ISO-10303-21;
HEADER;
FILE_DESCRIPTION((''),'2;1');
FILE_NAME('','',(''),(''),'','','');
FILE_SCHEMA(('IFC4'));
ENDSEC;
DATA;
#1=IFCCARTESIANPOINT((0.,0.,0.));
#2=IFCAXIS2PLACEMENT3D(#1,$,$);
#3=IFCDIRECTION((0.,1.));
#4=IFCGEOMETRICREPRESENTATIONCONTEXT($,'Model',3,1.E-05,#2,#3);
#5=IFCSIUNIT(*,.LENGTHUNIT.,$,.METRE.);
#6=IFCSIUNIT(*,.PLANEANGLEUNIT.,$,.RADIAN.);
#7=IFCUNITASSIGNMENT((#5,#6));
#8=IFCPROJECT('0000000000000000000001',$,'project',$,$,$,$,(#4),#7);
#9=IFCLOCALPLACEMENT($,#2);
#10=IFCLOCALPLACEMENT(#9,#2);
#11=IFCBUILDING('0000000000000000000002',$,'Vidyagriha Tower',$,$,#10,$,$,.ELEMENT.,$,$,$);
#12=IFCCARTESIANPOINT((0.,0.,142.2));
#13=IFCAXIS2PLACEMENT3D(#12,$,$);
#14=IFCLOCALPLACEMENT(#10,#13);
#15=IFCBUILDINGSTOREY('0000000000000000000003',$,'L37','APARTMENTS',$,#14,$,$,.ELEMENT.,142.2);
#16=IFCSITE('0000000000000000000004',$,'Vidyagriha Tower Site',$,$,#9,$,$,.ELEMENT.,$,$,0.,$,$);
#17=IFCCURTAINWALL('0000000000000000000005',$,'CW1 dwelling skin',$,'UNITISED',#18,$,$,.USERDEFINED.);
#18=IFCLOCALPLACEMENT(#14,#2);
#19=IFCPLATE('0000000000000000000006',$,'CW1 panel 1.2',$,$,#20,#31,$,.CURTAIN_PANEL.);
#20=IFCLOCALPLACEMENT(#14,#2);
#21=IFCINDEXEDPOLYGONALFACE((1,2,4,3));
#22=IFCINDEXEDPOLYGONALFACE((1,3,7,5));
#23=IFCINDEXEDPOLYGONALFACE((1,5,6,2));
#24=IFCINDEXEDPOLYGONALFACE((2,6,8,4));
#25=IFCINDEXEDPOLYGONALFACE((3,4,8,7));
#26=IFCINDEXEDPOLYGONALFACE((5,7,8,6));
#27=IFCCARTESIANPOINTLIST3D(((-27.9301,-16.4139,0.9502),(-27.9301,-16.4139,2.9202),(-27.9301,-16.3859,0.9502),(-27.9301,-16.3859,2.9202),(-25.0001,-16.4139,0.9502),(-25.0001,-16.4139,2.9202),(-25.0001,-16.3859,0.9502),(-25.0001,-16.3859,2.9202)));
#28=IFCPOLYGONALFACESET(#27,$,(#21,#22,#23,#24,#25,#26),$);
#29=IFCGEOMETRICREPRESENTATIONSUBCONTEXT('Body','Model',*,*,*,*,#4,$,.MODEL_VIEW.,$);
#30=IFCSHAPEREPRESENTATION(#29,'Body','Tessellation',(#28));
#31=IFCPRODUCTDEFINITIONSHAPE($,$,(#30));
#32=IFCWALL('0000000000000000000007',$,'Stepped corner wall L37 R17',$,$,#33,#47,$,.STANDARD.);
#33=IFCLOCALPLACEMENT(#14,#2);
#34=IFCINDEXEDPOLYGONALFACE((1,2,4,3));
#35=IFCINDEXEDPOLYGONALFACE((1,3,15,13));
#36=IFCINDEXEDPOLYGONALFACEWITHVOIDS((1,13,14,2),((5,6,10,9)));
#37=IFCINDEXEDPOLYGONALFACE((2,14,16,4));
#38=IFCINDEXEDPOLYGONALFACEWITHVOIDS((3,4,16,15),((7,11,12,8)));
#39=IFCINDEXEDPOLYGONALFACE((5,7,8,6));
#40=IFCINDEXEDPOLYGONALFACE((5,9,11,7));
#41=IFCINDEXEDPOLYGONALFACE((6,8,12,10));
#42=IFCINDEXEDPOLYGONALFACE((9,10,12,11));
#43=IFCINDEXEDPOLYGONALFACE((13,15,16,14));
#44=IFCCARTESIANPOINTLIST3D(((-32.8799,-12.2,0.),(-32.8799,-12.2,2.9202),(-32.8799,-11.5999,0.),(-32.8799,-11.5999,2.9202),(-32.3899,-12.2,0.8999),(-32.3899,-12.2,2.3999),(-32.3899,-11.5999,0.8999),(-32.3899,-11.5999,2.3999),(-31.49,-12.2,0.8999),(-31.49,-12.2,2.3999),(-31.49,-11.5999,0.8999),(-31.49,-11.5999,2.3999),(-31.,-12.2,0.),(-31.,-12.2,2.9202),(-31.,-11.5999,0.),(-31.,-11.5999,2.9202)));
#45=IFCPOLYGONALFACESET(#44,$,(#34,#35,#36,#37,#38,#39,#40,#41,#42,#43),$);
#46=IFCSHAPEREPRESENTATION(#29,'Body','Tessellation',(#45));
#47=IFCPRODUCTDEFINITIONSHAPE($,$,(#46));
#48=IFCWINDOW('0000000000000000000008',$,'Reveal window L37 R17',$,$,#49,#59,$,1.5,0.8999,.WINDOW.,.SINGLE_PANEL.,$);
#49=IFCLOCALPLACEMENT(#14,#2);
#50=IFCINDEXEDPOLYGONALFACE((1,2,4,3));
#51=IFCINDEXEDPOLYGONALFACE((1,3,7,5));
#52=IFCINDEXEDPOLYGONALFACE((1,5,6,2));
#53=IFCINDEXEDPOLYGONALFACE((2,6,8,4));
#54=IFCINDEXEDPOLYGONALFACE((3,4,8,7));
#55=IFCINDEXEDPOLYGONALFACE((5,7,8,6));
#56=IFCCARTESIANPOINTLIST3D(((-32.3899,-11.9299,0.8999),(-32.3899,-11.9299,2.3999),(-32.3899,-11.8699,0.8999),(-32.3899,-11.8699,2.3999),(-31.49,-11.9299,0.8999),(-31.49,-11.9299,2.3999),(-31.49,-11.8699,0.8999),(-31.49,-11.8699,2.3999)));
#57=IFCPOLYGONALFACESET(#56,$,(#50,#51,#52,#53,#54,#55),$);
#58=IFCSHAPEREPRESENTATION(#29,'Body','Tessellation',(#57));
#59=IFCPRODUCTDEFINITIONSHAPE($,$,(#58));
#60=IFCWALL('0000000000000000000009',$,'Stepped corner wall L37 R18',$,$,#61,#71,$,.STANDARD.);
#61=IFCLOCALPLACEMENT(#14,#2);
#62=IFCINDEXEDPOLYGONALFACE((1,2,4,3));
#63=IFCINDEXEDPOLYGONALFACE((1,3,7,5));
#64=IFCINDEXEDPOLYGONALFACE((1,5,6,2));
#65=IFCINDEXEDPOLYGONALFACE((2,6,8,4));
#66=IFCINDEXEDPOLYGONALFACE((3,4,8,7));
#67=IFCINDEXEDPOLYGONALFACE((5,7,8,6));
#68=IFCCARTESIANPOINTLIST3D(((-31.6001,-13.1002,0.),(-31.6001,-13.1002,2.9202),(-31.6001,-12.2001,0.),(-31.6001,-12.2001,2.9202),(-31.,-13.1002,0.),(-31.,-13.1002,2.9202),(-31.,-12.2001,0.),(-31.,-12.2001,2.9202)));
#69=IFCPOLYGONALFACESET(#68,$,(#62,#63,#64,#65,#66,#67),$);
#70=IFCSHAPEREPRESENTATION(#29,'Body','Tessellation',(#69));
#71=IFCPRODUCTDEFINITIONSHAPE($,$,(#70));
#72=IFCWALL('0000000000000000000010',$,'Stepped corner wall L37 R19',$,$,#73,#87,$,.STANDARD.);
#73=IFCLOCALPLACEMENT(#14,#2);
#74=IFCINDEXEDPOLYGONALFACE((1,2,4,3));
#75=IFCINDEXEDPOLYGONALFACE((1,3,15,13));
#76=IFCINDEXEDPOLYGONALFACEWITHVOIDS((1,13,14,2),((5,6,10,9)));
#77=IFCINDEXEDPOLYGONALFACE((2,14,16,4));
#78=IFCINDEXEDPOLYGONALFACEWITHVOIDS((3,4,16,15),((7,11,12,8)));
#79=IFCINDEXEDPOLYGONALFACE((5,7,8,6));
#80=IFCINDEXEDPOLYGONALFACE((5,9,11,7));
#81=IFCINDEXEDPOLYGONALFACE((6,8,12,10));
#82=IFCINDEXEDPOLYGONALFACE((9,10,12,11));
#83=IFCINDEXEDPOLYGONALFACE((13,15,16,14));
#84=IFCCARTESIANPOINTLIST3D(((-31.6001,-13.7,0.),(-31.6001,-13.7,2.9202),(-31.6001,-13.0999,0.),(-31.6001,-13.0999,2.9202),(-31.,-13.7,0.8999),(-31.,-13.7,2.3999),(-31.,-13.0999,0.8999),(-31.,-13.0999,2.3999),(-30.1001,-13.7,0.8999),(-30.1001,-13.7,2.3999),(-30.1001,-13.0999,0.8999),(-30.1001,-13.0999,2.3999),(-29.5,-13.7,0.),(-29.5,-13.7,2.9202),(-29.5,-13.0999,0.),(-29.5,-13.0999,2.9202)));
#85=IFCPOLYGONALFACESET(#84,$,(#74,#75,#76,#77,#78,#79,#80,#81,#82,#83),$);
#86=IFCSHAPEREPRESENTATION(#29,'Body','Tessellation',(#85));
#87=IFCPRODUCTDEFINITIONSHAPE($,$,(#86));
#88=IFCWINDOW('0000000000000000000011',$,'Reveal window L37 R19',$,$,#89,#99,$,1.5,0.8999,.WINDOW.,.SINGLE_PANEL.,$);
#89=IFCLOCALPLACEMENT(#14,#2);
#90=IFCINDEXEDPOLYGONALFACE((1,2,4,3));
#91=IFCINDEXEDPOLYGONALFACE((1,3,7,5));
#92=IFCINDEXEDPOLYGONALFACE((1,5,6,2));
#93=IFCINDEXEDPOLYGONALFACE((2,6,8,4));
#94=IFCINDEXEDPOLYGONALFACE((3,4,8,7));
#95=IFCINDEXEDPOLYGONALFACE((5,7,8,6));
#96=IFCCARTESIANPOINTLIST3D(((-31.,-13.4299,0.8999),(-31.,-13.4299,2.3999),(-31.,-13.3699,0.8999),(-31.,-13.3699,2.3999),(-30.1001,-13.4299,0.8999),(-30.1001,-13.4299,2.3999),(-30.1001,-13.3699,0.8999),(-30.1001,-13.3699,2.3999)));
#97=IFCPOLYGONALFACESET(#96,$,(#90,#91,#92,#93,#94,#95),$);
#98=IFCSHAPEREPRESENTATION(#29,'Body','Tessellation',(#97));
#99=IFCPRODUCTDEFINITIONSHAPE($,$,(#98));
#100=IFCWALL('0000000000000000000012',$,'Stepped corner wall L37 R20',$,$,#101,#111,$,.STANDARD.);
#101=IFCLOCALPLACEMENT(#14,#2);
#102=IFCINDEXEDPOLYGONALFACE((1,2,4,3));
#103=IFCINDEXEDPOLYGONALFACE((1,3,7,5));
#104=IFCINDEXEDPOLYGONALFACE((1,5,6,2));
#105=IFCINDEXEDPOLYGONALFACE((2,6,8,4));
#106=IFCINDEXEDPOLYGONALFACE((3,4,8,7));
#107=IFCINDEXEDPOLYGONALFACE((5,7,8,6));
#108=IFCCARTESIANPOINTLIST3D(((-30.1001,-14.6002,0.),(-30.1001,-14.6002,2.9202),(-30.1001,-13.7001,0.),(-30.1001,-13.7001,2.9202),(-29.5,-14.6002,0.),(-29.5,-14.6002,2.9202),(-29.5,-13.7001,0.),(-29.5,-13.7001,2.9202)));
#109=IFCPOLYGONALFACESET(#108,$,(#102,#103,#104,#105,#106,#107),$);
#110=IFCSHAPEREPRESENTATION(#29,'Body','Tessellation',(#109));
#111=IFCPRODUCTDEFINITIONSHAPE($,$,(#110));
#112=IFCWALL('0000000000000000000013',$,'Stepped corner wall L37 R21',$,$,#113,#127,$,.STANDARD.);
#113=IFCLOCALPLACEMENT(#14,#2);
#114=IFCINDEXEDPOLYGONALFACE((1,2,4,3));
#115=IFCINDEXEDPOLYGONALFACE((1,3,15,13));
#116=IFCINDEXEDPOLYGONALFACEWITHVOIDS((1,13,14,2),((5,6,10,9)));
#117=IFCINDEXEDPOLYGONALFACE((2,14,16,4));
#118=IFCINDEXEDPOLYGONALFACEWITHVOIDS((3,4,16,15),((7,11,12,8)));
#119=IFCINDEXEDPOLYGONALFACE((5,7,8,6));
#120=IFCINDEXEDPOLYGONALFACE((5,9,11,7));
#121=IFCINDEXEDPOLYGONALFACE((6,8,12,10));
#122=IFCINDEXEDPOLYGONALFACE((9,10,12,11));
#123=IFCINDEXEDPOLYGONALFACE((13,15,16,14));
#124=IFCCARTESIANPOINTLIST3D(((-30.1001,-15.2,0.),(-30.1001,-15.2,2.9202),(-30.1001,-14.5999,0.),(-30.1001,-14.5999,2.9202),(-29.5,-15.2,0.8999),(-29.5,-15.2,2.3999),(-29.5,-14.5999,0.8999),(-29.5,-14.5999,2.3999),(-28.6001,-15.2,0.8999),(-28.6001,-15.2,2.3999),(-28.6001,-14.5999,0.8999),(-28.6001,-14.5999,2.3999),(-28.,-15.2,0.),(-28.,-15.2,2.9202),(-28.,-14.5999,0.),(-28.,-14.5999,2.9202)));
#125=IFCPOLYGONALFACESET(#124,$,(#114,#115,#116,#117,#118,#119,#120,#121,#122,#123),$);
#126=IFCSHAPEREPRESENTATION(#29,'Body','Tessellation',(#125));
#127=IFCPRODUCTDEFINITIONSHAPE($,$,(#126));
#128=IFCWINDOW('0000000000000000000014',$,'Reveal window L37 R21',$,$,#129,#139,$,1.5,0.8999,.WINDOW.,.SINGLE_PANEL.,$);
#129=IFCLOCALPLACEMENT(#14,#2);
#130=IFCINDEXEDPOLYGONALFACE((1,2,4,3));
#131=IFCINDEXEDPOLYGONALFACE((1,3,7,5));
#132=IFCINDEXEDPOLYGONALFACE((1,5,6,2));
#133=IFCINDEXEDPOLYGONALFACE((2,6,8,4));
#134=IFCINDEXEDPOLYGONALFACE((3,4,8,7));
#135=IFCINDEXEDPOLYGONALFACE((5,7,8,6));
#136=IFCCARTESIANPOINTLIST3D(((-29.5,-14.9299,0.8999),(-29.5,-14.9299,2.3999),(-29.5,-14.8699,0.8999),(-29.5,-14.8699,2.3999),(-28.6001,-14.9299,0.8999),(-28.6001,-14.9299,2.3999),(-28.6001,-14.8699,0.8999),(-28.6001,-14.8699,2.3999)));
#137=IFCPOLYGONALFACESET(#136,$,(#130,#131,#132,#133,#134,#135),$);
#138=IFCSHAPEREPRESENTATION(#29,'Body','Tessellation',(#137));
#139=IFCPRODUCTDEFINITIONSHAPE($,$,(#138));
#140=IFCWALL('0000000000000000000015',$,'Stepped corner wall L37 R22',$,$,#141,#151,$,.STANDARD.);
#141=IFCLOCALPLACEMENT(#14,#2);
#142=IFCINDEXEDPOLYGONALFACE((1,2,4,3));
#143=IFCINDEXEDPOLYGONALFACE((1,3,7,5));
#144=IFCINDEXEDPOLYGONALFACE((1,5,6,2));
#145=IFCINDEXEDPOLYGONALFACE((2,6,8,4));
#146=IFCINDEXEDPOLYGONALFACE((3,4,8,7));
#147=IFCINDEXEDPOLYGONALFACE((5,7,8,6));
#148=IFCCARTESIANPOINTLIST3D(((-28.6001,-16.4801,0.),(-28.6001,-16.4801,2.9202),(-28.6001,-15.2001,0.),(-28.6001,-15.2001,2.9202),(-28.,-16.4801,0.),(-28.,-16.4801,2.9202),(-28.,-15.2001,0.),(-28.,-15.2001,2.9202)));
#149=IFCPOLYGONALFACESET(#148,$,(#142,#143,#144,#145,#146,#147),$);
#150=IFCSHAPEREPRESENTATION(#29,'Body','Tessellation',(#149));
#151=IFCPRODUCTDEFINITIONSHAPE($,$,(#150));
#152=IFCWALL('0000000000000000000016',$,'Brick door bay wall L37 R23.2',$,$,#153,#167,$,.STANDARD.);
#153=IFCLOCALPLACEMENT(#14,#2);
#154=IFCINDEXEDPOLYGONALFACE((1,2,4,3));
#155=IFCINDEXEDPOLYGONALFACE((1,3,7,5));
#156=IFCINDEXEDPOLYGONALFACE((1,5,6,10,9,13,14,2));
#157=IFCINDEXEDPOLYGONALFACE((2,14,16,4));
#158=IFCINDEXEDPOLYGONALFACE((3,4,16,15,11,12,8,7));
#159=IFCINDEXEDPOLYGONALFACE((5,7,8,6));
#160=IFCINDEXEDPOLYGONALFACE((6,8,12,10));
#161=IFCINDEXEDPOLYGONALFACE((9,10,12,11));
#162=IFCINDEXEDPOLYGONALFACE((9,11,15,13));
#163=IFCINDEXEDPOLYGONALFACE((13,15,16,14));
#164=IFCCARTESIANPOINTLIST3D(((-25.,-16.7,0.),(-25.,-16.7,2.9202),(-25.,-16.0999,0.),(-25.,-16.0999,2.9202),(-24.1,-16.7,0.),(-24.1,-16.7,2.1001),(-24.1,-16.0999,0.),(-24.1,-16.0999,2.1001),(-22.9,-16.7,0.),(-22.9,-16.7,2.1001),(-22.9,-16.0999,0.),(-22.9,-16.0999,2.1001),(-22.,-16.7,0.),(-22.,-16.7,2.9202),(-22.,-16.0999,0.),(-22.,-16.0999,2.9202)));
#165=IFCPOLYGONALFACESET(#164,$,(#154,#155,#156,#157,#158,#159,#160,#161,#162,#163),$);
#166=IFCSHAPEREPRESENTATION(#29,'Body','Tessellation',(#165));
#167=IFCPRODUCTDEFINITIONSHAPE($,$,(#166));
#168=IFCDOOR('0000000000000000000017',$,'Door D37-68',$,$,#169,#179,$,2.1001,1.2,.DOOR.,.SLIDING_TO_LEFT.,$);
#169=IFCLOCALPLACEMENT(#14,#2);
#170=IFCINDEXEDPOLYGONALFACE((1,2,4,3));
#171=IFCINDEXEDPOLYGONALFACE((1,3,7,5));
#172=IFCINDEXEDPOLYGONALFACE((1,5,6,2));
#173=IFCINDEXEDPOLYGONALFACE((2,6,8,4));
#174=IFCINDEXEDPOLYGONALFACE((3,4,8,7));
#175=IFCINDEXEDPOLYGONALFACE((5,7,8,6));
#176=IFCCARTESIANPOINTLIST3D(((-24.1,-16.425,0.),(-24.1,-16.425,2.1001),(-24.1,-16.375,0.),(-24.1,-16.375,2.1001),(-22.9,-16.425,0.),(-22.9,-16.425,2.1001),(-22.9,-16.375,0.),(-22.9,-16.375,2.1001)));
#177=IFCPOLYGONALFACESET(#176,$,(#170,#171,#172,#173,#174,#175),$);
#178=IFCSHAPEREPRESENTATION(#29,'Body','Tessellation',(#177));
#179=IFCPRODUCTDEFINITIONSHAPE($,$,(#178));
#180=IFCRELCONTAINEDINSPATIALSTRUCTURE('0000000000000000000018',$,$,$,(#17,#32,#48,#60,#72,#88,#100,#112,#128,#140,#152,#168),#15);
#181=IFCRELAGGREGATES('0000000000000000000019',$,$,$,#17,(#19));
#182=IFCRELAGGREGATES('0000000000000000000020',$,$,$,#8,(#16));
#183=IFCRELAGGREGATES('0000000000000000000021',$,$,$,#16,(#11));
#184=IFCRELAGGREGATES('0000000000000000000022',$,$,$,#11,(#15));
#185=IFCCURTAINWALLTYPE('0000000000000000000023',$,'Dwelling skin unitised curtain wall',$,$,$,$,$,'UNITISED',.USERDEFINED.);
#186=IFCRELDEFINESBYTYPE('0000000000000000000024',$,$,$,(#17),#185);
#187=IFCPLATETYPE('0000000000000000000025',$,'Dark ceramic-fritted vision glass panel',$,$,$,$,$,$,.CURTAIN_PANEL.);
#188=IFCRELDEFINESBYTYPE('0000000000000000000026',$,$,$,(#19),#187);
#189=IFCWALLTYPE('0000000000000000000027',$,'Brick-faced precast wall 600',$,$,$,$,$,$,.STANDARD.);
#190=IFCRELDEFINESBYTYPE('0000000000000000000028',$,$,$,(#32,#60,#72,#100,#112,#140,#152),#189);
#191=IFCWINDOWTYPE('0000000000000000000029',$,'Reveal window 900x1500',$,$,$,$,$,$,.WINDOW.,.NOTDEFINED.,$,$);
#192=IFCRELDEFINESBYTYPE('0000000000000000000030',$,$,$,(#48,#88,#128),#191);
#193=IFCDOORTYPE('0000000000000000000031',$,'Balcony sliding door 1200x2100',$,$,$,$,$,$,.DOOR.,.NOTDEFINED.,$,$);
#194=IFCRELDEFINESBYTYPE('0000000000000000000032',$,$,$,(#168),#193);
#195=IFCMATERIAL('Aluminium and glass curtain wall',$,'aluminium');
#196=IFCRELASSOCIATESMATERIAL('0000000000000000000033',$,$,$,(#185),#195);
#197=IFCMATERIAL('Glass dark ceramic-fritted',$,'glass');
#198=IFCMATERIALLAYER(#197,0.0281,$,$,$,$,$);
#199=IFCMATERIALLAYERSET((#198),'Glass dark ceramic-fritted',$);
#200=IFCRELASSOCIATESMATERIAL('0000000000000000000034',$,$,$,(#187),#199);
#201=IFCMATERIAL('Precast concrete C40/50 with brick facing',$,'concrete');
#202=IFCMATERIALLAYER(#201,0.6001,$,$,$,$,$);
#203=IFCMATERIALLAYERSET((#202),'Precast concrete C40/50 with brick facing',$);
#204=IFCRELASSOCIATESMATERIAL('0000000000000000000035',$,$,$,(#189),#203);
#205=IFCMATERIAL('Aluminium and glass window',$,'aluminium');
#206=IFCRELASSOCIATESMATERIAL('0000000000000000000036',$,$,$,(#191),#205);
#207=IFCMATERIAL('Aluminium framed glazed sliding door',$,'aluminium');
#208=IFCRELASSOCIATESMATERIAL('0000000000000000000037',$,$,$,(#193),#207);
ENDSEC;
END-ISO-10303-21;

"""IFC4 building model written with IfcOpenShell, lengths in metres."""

from ifc_helpers import new_model, si_unit, direction, frame, frame_2d, origin, origin_2d, place, context, subcontext, project, spatial, rectangle, extrude, material, layer, layer_set, type_object, element, fill, aggregate, save


model = new_model("IFC4")

# Units and contexts
model_context = context("Model", 3, precision=1e-05, world=origin(), true_north=direction((0.0, 1.0)))
body_context = subcontext(model_context, "Body", "Model", "MODEL_VIEW")
ifc_project = project(units=[si_unit("LENGTHUNIT", "METRE"), si_unit("PLANEANGLEUNIT", "RADIAN")], contexts=[model_context])

# Site, building, storey
site_placement = place(None, origin())
site = spatial("IfcSite", under=ifc_project, at=site_placement, Name="Vidyagriha Tower Site", CompositionType="ELEMENT", RefElevation=0.0)
building_placement = place(site_placement, origin())
building = spatial("IfcBuilding", under=site, at=building_placement, Name="Vidyagriha Tower", CompositionType="ELEMENT")
storey_placement = place(building_placement, frame((0.0, 0.0, 142.2)))
storey = spatial("IfcBuildingStorey", under=building, at=storey_placement, Name="L37", Description="APARTMENTS", CompositionType="ELEMENT", Elevation=142.2)

# Shared definitions
ifc_material_1 = material(Name="Aluminium and glass curtain wall", Category="aluminium")
curtain_wall_type = type_object("IfcCurtainWallType", Name="Dwelling skin unitised curtain wall", ElementType="UNITISED", PredefinedType="USERDEFINED", material=ifc_material_1)

# Curtain wall
curtain_wall_1_placement = place(storey_placement, origin())
curtain_wall_1 = element("IfcCurtainWall", 1, at=curtain_wall_1_placement, inside=storey, type_object=curtain_wall_type, Name="CW1 dwelling skin", ObjectType="UNITISED", PredefinedType="USERDEFINED")

# Plate
ifc_material_2 = material(Name="Glass dark ceramic-fritted", Category="glass")
ifc_layer_1 = layer(ifc_material_2, 0.0281)
ifc_layer_set_1 = layer_set([ifc_layer_1], Name="Glass dark ceramic-fritted")
plate_type_1 = type_object("IfcPlateType", Name="Dark ceramic-fritted vision glass panel", PredefinedType="CURTAIN_PANEL", material=ifc_layer_set_1)
plate_1_placement = place(storey_placement, frame((-26.4651, -16.3999, 0.9502)))
plate_1 = element("IfcPlate", 2, at=plate_1_placement, type_object=plate_type_1, Name="CW1 panel 1.2", PredefinedType="CURTAIN_PANEL", context=body_context, shape_type="SweptSolid", body=[
    extrude(rectangle(XDim=2.9299, YDim=0.0281, at=origin_2d()), origin(), (0.0, 0.0, 1.0), 1.97),
])
aggregate(curtain_wall_1, [plate_1])

# Wall, opening, window
ifc_material_3 = material(Name="Precast concrete C40/50 with brick facing", Category="concrete")
ifc_layer_2 = layer(ifc_material_3, 0.6001)
ifc_layer_set_2 = layer_set([ifc_layer_2], Name="Precast concrete C40/50 with brick facing")
wall_type = type_object("IfcWallType", Name="Brick-faced precast wall 600", PredefinedType="STANDARD", material=ifc_layer_set_2)
wall_1_placement = place(storey_placement, frame((-32.8799, -11.8999, 0.0)))
wall_1 = element("IfcWall", 3, at=wall_1_placement, inside=storey, type_object=wall_type, Name="Stepped corner wall L37 R17", PredefinedType="STANDARD", context=body_context, shape_type="SweptSolid", body=[
    extrude(rectangle(XDim=1.8799, YDim=0.6001, at=frame_2d((0.9399, 0.0))), origin(), (0.0, 0.0, 1.0), 2.9202),
])
opening_1_placement = place(wall_1_placement, frame((0.49, 0.0, 0.8999)))
opening_1 = element("IfcOpeningElement", 4, at=opening_1_placement, cuts=wall_1, PredefinedType="OPENING", context=body_context, shape_type="SweptSolid", body=[
    extrude(rectangle(XDim=0.8999, YDim=1.5, at=frame_2d((0.45, 0.75))), frame((0.0, 0.3101, 0.0), z_axis=(0.0, -1.0, 0.0), x_axis=(1.0, 0.0, 0.0)), (0.0, 0.0, 1.0), 0.6201),
])
ifc_material_4 = material(Name="Aluminium and glass window", Category="aluminium")
window_type = type_object("IfcWindowType", Name="Reveal window 900x1500", PartitioningType="NOTDEFINED", PredefinedType="WINDOW", material=ifc_material_4)
window_1_placement = place(opening_1_placement, origin())
window_1 = element("IfcWindow", 5, at=window_1_placement, inside=storey, type_object=window_type, Name="Reveal window L37 R17", OverallHeight=1.5, OverallWidth=0.8999, PartitioningType="SINGLE_PANEL", PredefinedType="WINDOW", context=body_context, shape_type="SweptSolid", body=[
    extrude(rectangle(XDim=0.8999, YDim=1.5, at=frame_2d((0.45, 0.75))), frame((0.0, 0.03, 0.0), z_axis=(0.0, -1.0, 0.0), x_axis=(1.0, 0.0, 0.0)), (0.0, 0.0, 1.0), 0.0601),
])
fill(opening_1, window_1)

# Wall
wall_2_placement = place(storey_placement, frame((-31.3, -12.2, 0.0), z_axis=(0.0, 0.0, 1.0), x_axis=(0.0, -1.0, 0.0)))
element("IfcWall", 6, at=wall_2_placement, inside=storey, type_object=wall_type, Name="Stepped corner wall L37 R18", PredefinedType="STANDARD", context=body_context, shape_type="SweptSolid", body=[
    extrude(rectangle(XDim=0.9001, YDim=0.6001, at=frame_2d((0.4502, 0.0))), origin(), (0.0, 0.0, 1.0), 2.9202),
])

# Wall, opening, window
wall_3_placement = place(storey_placement, frame((-31.6001, -13.3999, 0.0)))
wall_3 = element("IfcWall", 7, at=wall_3_placement, inside=storey, type_object=wall_type, Name="Stepped corner wall L37 R19", PredefinedType="STANDARD", context=body_context, shape_type="SweptSolid", body=[
    extrude(rectangle(XDim=2.1001, YDim=0.6001, at=frame_2d((1.05, 0.0))), origin(), (0.0, 0.0, 1.0), 2.9202),
])
opening_2_placement = place(wall_3_placement, frame((0.6001, 0.0, 0.8999)))
opening_2 = element("IfcOpeningElement", 8, at=opening_2_placement, cuts=wall_3, PredefinedType="OPENING", context=body_context, shape_type="SweptSolid", body=[
    extrude(rectangle(XDim=0.8999, YDim=1.5, at=frame_2d((0.45, 0.75))), frame((0.0, 0.3101, 0.0), z_axis=(0.0, -1.0, 0.0), x_axis=(1.0, 0.0, 0.0)), (0.0, 0.0, 1.0), 0.6201),
])
window_2_placement = place(opening_2_placement, origin())
window_2 = element("IfcWindow", 9, at=window_2_placement, inside=storey, type_object=window_type, Name="Reveal window L37 R19", OverallHeight=1.5, OverallWidth=0.8999, PartitioningType="SINGLE_PANEL", PredefinedType="WINDOW", context=body_context, shape_type="SweptSolid", body=[
    extrude(rectangle(XDim=0.8999, YDim=1.5, at=frame_2d((0.45, 0.75))), frame((0.0, 0.03, 0.0), z_axis=(0.0, -1.0, 0.0), x_axis=(1.0, 0.0, 0.0)), (0.0, 0.0, 1.0), 0.0601),
])
fill(opening_2, window_2)

# Wall
wall_4_placement = place(storey_placement, frame((-29.8, -13.7, 0.0), z_axis=(0.0, 0.0, 1.0), x_axis=(0.0, -1.0, 0.0)))
element("IfcWall", 10, at=wall_4_placement, inside=storey, type_object=wall_type, Name="Stepped corner wall L37 R20", PredefinedType="STANDARD", context=body_context, shape_type="SweptSolid", body=[
    extrude(rectangle(XDim=0.9001, YDim=0.6001, at=frame_2d((0.4502, 0.0))), origin(), (0.0, 0.0, 1.0), 2.9202),
])

# Wall, opening, window
wall_5_placement = place(storey_placement, frame((-30.1001, -14.8999, 0.0)))
wall_5 = element("IfcWall", 11, at=wall_5_placement, inside=storey, type_object=wall_type, Name="Stepped corner wall L37 R21", PredefinedType="STANDARD", context=body_context, shape_type="SweptSolid", body=[
    extrude(rectangle(XDim=2.1001, YDim=0.6001, at=frame_2d((1.05, 0.0))), origin(), (0.0, 0.0, 1.0), 2.9202),
])
opening_3_placement = place(wall_5_placement, frame((0.6001, 0.0, 0.8999)))
opening_3 = element("IfcOpeningElement", 12, at=opening_3_placement, cuts=wall_5, PredefinedType="OPENING", context=body_context, shape_type="SweptSolid", body=[
    extrude(rectangle(XDim=0.8999, YDim=1.5, at=frame_2d((0.45, 0.75))), frame((0.0, 0.3101, 0.0), z_axis=(0.0, -1.0, 0.0), x_axis=(1.0, 0.0, 0.0)), (0.0, 0.0, 1.0), 0.6201),
])
window_3_placement = place(opening_3_placement, origin())
window_3 = element("IfcWindow", 13, at=window_3_placement, inside=storey, type_object=window_type, Name="Reveal window L37 R21", OverallHeight=1.5, OverallWidth=0.8999, PartitioningType="SINGLE_PANEL", PredefinedType="WINDOW", context=body_context, shape_type="SweptSolid", body=[
    extrude(rectangle(XDim=0.8999, YDim=1.5, at=frame_2d((0.45, 0.75))), frame((0.0, 0.03, 0.0), z_axis=(0.0, -1.0, 0.0), x_axis=(1.0, 0.0, 0.0)), (0.0, 0.0, 1.0), 0.0601),
])
fill(opening_3, window_3)

# Wall
wall_6_placement = place(storey_placement, frame((-28.3, -15.2, 0.0), z_axis=(0.0, 0.0, 1.0), x_axis=(0.0, -1.0, 0.0)))
element("IfcWall", 14, at=wall_6_placement, inside=storey, type_object=wall_type, Name="Stepped corner wall L37 R22", PredefinedType="STANDARD", context=body_context, shape_type="SweptSolid", body=[
    extrude(rectangle(XDim=1.28, YDim=0.6001, at=frame_2d((0.6401, 0.0))), origin(), (0.0, 0.0, 1.0), 2.9202),
])

# Wall, opening, door
wall_7_placement = place(storey_placement, frame((-25.0, -16.3999, 0.0)))
wall_7 = element("IfcWall", 15, at=wall_7_placement, inside=storey, type_object=wall_type, Name="Brick door bay wall L37 R23.2", PredefinedType="STANDARD", context=body_context, shape_type="SweptSolid", body=[
    extrude(rectangle(XDim=3.0, YDim=0.6001, at=frame_2d((1.5, 0.0))), origin(), (0.0, 0.0, 1.0), 2.9202),
])
opening_4_placement = place(wall_7_placement, frame((0.8999, 0.0, 0.0)))
opening_4 = element("IfcOpeningElement", 16, at=opening_4_placement, cuts=wall_7, PredefinedType="OPENING", context=body_context, shape_type="SweptSolid", body=[
    extrude(rectangle(XDim=1.2, YDim=2.1001, at=frame_2d((0.6001, 1.05))), frame((0.0, 0.3101, 0.0), z_axis=(0.0, -1.0, 0.0), x_axis=(1.0, 0.0, 0.0)), (0.0, 0.0, 1.0), 0.6201),
])
ifc_material_5 = material(Name="Aluminium framed glazed sliding door", Category="aluminium")
door_type = type_object("IfcDoorType", Name="Balcony sliding door 1200x2100", OperationType="NOTDEFINED", PredefinedType="DOOR", material=ifc_material_5)
door_placement = place(opening_4_placement, origin())
door = element("IfcDoor", 17, at=door_placement, inside=storey, type_object=door_type, Name="Door D37-68", OperationType="SLIDING_TO_LEFT", OverallHeight=2.1001, OverallWidth=1.2, PredefinedType="DOOR", context=body_context, shape_type="SweptSolid", body=[
    extrude(rectangle(XDim=1.2, YDim=2.1001, at=frame_2d((0.6001, 1.05))), frame((0.0, 0.0249, 0.0), z_axis=(0.0, -1.0, 0.0), x_axis=(1.0, 0.0, 0.0)), (0.0, 0.0, 1.0), 0.05),
])
fill(opening_4, door)

save(model, "model.ifc")
